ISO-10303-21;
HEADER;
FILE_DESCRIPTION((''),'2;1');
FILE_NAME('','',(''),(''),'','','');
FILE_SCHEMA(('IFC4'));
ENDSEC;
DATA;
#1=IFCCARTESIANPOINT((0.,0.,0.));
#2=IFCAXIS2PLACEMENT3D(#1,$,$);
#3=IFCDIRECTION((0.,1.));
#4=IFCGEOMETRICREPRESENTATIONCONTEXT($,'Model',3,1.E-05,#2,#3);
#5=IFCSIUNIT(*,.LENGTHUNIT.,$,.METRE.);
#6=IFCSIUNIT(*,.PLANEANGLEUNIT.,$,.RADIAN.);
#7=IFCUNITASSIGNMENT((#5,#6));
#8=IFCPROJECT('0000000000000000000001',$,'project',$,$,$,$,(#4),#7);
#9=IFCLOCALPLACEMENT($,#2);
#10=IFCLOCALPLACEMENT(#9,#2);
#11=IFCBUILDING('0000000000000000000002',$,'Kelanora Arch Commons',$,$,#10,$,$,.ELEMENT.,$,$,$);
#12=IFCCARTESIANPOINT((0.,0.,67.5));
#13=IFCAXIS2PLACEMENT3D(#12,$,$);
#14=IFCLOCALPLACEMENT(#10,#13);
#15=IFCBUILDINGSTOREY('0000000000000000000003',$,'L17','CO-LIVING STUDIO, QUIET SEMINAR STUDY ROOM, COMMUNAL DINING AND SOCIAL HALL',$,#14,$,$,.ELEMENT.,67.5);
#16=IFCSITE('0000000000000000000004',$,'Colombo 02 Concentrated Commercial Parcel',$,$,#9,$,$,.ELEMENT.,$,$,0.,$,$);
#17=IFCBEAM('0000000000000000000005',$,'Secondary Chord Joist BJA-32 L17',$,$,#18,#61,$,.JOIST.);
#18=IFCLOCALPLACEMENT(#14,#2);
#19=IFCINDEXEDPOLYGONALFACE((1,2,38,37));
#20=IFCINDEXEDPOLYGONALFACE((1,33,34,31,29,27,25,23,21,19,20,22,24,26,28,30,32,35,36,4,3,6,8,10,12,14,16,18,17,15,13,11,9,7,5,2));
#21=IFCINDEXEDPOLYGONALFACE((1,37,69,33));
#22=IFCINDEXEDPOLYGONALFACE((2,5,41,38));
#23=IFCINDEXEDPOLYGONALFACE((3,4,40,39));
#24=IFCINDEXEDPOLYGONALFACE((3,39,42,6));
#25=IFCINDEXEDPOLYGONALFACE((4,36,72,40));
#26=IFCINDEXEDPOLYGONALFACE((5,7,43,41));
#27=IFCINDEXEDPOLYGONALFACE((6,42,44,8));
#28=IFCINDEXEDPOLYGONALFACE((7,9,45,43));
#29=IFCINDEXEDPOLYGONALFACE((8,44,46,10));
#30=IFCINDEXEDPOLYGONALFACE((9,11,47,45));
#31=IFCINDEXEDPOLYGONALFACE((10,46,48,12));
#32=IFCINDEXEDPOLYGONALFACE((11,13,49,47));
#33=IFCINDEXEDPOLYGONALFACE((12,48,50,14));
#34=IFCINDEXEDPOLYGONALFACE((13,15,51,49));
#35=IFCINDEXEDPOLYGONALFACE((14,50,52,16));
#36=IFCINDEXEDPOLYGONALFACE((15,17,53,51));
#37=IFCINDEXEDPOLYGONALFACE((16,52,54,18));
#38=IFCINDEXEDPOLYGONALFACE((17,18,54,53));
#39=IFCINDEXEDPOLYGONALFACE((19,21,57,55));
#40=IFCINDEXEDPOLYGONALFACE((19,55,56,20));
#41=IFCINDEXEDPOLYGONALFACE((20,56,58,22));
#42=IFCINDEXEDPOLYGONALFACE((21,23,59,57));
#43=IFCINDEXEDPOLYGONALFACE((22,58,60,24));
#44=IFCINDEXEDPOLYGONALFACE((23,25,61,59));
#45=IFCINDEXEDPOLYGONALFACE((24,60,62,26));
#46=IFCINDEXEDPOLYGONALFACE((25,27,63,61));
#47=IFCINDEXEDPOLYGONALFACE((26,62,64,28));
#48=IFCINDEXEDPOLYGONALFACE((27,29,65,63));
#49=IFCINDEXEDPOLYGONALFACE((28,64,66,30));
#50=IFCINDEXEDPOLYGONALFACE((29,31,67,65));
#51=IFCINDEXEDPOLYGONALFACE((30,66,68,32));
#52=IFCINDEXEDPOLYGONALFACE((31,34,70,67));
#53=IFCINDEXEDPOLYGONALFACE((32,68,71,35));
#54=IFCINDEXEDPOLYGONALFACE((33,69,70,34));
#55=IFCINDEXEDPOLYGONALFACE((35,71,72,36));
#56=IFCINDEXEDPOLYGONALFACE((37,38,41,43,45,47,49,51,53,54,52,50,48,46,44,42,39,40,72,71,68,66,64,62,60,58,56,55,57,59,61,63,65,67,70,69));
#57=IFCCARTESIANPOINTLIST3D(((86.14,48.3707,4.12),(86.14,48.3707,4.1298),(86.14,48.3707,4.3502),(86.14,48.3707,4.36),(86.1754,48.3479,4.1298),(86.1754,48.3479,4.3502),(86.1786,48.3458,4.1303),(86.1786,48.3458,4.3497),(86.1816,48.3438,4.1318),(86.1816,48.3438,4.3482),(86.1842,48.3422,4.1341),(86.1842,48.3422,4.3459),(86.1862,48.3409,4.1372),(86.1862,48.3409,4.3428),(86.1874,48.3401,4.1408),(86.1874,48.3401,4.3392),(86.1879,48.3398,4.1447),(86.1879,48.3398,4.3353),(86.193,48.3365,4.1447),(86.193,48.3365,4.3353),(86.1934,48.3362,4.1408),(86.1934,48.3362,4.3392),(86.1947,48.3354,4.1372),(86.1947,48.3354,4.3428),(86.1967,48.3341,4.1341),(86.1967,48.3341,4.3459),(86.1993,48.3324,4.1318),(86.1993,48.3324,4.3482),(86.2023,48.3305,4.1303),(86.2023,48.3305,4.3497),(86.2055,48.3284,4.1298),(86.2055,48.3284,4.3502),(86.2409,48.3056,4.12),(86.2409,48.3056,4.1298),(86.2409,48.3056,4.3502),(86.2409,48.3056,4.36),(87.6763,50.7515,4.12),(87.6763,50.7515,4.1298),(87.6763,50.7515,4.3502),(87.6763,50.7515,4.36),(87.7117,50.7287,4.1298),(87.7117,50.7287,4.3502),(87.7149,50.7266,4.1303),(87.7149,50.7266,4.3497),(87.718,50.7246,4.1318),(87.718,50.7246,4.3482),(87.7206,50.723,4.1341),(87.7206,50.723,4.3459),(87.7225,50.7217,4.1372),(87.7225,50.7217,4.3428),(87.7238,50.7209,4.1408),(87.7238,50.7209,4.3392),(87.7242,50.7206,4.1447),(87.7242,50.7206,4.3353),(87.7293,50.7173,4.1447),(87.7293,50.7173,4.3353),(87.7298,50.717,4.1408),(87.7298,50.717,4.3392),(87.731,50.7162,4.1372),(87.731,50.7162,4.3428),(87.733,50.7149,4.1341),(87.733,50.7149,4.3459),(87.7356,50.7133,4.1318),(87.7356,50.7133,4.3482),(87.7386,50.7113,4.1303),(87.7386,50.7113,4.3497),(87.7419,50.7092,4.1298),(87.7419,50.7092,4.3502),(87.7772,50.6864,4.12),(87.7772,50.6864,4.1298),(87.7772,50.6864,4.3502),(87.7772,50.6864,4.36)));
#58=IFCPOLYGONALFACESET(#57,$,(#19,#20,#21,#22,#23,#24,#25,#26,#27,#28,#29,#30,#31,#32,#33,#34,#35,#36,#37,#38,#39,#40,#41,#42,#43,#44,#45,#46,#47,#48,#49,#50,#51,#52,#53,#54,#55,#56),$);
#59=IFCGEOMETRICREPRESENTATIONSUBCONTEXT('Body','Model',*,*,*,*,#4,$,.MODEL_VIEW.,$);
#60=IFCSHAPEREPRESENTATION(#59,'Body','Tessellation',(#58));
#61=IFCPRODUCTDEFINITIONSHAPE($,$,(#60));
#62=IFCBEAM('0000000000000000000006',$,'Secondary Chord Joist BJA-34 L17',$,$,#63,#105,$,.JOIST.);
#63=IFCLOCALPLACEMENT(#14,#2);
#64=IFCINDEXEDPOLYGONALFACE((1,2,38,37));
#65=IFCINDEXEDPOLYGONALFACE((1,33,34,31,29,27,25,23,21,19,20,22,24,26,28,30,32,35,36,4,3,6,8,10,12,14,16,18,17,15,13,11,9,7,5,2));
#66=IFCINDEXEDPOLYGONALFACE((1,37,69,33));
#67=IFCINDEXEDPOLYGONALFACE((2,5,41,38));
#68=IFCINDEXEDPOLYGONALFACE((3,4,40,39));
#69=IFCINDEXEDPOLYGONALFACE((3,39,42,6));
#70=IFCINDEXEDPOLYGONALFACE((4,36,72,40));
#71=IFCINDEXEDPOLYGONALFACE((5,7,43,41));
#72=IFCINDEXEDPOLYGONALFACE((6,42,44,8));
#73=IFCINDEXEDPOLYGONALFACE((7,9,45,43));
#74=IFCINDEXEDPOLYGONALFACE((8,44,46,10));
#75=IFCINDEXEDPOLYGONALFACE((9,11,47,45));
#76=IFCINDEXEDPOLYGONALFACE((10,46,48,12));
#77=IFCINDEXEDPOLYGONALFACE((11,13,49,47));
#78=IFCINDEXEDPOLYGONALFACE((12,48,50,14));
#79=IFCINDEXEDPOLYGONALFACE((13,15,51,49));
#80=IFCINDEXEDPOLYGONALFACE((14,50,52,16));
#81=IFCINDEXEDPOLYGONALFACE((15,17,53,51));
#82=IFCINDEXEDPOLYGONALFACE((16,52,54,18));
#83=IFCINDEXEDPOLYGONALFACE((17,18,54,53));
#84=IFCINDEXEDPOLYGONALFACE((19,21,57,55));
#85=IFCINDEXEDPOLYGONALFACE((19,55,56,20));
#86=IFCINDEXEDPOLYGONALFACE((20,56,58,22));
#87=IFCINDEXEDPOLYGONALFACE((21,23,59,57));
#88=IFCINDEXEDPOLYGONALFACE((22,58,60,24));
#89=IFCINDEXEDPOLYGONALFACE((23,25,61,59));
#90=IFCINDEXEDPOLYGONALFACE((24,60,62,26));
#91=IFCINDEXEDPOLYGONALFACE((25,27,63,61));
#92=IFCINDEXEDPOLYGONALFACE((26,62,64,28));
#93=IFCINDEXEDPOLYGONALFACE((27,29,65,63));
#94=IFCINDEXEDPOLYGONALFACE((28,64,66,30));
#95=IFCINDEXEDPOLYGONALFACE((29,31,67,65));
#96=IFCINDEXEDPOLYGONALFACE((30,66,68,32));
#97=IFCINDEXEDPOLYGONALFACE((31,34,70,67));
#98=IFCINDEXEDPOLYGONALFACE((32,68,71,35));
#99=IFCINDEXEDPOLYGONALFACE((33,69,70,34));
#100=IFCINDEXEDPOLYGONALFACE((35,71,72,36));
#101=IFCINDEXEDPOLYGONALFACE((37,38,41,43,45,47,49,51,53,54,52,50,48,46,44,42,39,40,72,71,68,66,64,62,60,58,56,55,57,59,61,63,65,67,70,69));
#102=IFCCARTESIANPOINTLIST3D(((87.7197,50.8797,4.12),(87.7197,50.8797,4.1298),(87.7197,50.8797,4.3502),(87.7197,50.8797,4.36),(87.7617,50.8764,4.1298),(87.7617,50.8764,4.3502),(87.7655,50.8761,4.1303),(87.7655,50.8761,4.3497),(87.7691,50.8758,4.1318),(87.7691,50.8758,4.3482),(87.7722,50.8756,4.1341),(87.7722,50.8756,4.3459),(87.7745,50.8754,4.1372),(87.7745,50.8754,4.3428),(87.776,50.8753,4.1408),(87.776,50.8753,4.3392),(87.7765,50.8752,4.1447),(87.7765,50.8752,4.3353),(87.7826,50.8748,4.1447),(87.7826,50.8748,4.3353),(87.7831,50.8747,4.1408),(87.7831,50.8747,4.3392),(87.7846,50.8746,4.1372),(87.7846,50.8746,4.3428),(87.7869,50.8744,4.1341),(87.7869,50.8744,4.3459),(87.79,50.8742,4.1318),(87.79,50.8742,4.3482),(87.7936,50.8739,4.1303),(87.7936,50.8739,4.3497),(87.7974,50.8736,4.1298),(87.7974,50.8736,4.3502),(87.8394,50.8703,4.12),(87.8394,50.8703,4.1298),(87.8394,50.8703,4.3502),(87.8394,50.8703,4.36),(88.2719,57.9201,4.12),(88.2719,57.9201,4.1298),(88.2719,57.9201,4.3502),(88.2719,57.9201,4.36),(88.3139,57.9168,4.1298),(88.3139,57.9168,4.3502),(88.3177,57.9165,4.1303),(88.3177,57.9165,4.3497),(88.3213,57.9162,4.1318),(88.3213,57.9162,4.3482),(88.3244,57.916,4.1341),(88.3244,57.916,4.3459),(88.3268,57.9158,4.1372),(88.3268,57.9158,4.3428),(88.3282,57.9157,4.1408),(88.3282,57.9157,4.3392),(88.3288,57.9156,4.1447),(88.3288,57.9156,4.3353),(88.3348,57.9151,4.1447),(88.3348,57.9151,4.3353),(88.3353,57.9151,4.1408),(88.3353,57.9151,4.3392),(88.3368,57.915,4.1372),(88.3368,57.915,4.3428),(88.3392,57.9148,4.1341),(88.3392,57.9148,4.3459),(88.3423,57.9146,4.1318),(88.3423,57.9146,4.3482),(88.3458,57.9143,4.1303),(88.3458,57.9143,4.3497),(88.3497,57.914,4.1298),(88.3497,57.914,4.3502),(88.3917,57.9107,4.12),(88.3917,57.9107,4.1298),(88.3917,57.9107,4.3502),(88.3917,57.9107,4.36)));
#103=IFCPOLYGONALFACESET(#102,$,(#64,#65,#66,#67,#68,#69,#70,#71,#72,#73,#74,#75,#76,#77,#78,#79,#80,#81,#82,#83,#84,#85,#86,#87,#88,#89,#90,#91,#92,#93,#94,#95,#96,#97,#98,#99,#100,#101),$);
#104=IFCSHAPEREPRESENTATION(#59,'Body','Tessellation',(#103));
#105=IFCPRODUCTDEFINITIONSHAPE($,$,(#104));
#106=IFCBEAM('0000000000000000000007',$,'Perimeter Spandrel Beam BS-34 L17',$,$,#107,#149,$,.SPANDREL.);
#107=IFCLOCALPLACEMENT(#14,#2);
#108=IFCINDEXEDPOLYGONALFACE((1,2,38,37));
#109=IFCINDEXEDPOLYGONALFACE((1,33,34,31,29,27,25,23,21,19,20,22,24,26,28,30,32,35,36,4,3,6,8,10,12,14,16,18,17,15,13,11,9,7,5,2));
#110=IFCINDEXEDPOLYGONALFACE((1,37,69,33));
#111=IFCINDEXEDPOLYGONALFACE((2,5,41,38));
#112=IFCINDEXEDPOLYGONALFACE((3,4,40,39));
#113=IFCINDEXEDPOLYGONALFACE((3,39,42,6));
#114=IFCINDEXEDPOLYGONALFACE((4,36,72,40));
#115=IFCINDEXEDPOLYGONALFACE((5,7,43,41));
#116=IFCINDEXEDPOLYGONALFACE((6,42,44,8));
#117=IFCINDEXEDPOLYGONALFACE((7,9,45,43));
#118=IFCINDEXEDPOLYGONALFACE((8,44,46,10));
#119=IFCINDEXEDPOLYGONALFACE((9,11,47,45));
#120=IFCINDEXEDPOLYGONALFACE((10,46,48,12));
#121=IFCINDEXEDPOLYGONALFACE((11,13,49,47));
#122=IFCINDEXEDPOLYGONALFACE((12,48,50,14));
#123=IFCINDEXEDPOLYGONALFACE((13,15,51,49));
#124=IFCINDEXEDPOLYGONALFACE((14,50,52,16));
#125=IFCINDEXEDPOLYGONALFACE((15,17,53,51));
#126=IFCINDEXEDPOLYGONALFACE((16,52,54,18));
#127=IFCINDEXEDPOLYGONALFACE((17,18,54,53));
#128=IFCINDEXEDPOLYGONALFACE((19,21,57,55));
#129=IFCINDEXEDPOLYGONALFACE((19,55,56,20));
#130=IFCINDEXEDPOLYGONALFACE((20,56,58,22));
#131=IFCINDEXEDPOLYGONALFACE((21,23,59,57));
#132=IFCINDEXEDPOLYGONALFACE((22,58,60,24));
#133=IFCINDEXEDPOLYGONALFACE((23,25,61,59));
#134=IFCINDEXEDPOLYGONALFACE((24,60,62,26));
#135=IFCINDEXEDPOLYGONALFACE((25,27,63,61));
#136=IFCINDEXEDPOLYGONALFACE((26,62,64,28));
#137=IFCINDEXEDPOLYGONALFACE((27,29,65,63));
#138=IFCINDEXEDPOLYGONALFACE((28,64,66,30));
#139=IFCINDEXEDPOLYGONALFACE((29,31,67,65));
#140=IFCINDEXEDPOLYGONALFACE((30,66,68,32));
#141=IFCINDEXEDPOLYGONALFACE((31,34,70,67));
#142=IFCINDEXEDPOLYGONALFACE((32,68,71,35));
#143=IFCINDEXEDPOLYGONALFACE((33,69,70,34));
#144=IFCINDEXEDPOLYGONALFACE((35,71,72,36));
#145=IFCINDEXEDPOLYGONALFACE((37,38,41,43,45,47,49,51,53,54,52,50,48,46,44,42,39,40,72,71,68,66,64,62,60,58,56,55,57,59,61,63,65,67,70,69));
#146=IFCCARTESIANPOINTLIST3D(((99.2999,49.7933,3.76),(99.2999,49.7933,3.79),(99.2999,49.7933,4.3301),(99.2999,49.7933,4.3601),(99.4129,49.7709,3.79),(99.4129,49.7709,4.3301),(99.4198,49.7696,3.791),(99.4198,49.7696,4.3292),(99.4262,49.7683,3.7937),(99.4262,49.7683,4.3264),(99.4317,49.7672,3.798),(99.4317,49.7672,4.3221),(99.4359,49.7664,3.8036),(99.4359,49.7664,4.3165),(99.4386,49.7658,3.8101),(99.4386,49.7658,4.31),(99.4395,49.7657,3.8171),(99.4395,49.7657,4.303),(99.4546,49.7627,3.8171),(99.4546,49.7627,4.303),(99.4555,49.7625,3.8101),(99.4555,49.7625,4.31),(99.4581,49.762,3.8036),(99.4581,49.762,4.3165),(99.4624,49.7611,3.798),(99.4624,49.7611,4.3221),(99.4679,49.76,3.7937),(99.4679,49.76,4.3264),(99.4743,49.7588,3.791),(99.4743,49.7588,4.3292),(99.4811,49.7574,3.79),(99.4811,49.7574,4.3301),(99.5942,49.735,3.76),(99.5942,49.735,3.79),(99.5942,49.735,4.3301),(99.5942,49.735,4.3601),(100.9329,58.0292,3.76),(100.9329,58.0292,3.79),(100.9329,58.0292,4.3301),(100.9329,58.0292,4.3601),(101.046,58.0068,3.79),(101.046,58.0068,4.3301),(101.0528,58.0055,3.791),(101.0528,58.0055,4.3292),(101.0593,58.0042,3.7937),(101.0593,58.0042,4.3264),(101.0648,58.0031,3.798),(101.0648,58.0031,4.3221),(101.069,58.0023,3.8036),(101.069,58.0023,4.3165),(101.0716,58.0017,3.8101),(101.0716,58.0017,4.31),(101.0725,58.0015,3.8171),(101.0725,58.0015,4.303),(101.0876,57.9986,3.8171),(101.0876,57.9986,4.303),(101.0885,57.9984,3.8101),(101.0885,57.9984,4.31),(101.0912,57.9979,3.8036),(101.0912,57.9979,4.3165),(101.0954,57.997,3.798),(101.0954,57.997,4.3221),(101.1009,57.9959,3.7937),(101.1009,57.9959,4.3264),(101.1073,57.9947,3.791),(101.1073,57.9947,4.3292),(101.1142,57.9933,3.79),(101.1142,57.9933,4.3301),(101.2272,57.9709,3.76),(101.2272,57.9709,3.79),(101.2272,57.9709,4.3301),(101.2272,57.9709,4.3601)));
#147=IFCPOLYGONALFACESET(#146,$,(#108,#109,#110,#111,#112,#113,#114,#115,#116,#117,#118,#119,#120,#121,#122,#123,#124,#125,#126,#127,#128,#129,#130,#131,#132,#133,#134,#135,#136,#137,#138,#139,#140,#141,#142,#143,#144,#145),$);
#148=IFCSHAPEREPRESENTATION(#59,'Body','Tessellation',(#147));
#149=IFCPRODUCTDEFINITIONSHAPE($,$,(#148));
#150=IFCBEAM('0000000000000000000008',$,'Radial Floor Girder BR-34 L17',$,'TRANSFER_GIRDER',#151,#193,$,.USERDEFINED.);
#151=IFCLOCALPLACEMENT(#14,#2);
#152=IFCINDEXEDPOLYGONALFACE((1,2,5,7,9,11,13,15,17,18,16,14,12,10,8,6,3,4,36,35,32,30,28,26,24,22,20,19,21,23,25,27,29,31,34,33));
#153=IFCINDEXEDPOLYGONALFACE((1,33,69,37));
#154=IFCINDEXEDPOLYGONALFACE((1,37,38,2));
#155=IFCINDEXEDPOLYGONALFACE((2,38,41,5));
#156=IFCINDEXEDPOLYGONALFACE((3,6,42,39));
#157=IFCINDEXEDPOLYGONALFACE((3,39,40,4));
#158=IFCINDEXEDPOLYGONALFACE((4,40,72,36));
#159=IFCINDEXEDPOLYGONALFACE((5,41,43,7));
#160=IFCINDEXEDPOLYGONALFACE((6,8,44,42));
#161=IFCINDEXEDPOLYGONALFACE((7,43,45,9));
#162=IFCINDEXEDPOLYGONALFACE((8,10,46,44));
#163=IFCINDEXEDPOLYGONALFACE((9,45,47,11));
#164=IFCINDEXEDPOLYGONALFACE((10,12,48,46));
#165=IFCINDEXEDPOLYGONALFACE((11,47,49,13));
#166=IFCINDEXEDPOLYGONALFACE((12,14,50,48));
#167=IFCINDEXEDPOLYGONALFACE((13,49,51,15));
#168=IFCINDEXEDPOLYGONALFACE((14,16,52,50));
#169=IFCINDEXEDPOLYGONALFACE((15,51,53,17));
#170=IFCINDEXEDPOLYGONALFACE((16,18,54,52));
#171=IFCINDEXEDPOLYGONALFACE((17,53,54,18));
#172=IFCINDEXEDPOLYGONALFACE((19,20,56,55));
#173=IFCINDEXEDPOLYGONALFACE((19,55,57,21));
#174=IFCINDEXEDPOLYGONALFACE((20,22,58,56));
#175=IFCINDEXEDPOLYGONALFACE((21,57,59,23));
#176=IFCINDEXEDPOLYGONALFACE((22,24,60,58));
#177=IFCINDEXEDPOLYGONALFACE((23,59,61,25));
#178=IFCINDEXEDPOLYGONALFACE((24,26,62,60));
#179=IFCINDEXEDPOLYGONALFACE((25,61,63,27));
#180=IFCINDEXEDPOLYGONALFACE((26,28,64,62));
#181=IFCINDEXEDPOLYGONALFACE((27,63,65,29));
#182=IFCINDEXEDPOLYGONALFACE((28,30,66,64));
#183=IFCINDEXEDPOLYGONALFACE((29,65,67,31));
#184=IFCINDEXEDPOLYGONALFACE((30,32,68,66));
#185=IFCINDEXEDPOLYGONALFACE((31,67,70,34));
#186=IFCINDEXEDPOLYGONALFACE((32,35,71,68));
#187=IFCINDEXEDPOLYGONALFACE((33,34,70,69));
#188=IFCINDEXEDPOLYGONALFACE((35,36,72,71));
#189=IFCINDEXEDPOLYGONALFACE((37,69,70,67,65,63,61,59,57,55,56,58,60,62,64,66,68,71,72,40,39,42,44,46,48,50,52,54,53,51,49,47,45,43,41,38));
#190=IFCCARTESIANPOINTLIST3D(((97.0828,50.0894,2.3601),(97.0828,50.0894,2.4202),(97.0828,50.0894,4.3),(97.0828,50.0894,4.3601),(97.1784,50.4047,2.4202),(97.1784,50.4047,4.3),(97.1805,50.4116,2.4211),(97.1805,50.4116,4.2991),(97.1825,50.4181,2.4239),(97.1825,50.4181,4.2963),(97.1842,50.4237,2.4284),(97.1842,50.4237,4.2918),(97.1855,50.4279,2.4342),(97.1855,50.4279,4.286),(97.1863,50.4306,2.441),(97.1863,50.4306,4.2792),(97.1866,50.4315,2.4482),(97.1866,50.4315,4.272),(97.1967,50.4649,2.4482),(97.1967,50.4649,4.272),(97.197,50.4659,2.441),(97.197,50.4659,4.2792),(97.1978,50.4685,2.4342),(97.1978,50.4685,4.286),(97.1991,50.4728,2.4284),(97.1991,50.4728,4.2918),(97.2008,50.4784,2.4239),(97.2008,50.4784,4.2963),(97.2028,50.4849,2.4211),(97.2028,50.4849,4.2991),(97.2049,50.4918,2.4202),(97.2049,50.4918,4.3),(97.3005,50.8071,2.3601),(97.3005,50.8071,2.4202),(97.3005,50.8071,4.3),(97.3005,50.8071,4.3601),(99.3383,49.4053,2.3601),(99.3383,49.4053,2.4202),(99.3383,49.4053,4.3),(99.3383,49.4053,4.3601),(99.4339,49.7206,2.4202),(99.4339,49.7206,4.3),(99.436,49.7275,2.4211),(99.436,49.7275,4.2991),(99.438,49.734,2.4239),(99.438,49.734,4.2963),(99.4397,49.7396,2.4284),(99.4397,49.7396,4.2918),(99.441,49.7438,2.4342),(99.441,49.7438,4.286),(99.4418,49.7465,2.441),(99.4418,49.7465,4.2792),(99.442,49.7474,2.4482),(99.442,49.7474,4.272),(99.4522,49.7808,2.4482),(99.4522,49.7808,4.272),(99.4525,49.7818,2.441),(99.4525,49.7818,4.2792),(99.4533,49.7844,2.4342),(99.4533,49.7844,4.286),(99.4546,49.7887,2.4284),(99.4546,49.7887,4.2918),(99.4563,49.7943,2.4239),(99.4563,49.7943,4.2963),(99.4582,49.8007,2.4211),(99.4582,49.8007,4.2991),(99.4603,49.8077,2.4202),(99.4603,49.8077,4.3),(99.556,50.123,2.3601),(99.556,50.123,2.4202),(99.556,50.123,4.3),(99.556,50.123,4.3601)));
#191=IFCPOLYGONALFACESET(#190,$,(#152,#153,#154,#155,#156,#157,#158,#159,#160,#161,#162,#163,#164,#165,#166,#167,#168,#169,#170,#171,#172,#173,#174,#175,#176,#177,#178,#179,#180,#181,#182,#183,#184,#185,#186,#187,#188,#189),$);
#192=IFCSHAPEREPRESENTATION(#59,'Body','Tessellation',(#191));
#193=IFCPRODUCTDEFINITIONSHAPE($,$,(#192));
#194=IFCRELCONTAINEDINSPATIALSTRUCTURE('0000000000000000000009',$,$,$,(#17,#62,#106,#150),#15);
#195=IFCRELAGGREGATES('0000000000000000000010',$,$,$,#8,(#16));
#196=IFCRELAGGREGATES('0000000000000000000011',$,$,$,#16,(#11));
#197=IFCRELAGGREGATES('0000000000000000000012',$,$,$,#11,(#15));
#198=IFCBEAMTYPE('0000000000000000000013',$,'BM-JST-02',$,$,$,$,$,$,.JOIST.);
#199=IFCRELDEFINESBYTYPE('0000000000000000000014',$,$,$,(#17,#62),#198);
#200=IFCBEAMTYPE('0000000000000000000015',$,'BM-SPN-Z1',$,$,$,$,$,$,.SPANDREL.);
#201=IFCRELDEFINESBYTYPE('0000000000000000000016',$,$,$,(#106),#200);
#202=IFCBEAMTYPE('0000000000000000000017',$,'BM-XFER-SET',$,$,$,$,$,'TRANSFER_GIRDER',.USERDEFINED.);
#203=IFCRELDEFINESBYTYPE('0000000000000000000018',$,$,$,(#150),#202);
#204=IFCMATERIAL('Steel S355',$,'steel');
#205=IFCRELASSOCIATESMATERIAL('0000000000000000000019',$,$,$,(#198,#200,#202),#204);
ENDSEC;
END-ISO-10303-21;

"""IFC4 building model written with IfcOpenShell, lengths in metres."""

from ifc_helpers import new_model, si_unit, direction, frame, origin, origin_2d, place, context, subcontext, project, spatial, i_section, extrude, material, material_profile, profile_set, type_object, element, save


model = new_model("IFC4")

# Units and contexts
model_context = context("Model", 3, precision=1e-05, world=origin(), true_north=direction((0.0, 1.0)))
body_context = subcontext(model_context, "Body", "Model", "MODEL_VIEW")
ifc_project = project(units=[si_unit("LENGTHUNIT", "METRE"), si_unit("PLANEANGLEUNIT", "RADIAN")], contexts=[model_context])

# Site, building, storey
site_placement = place(None, origin())
site = spatial("IfcSite", under=ifc_project, at=site_placement, Name="Colombo 02 Concentrated Commercial Parcel", CompositionType="ELEMENT", RefElevation=0.0)
building_placement = place(site_placement, origin())
building = spatial("IfcBuilding", under=site, at=building_placement, Name="Kelanora Arch Commons", CompositionType="ELEMENT")
storey_placement = place(building_placement, frame((0.0, 0.0, 67.5)))
storey = spatial("IfcBuildingStorey", under=building, at=storey_placement, Name="L17", Description="CO-LIVING STUDIO, QUIET SEMINAR STUDY ROOM, COMMUNAL DINING AND SOCIAL HALL", CompositionType="ELEMENT", Elevation=67.5)

# Beams
ifc_material_1 = material(Name="Steel S355", Category="steel")
ifc_material_profile_1 = material_profile(ifc_material_1, i_section(OverallWidth=0.1201, OverallDepth=0.24, WebThickness=0.0061, FlangeThickness=0.0098, FilletRadius=0.0149, at=origin_2d()), Name="IPE240")
ifc_profile_set_1 = profile_set([ifc_material_profile_1], Name="Steel S355")
beam_type_1 = type_object("IfcBeamType", Name="BM-JST-02", PredefinedType="JOIST", material=ifc_profile_set_1)
beam_1_placement = place(storey_placement, frame((86.1904, 48.3381, 4.24), z_axis=(0.542211, 0.840242, 0.0), x_axis=(-0.840242, 0.542211, 0.0)))
element("IfcBeam", 1, at=beam_1_placement, inside=storey, type_object=beam_type_1, Name="Secondary Chord Joist BJA-32 L17", PredefinedType="JOIST", context=body_context, shape_type="SweptSolid", body=[
    extrude(i_section(OverallWidth=0.1201, OverallDepth=0.24, WebThickness=0.0061, FlangeThickness=0.0098, FilletRadius=0.0149, at=origin_2d()), origin(), (0.0, 0.0, 1.0), 2.8335),
])
beam_2_placement = place(storey_placement, frame((87.7795, 50.875, 4.24), z_axis=(0.078201, 0.996938, 0.0), x_axis=(-0.996938, 0.078201, 0.0)))
element("IfcBeam", 2, at=beam_2_placement, inside=storey, type_object=beam_type_1, Name="Secondary Chord Joist BJA-34 L17", PredefinedType="JOIST", context=body_context, shape_type="SweptSolid", body=[
    extrude(i_section(OverallWidth=0.1201, OverallDepth=0.24, WebThickness=0.0061, FlangeThickness=0.0098, FilletRadius=0.0149, at=origin_2d()), origin(), (0.0, 0.0, 1.0), 7.062),
])
ifc_material_profile_2 = material_profile(ifc_material_1, i_section(OverallWidth=0.3, OverallDepth=0.6001, WebThickness=0.0154, FlangeThickness=0.03, FilletRadius=0.0271, at=origin_2d()), Name="HEB600")
ifc_profile_set_2 = profile_set([ifc_material_profile_2], Name="Steel S355")
beam_type_2 = type_object("IfcBeamType", Name="BM-SPN-Z1", PredefinedType="SPANDREL", material=ifc_profile_set_2)
beam_3_placement = place(storey_placement, frame((99.447, 49.7642, 4.0601), z_axis=(0.1945, 0.980903, 0.0), x_axis=(-0.980903, 0.1945, 0.0)))
element("IfcBeam", 3, at=beam_3_placement, inside=storey, type_object=beam_type_2, Name="Perimeter Spandrel Beam BS-34 L17", PredefinedType="SPANDREL", context=body_context, shape_type="SweptSolid", body=[
    extrude(i_section(OverallWidth=0.3, OverallDepth=0.6001, WebThickness=0.0154, FlangeThickness=0.03, FilletRadius=0.0271, at=origin_2d()), origin(), (0.0, 0.0, 1.0), 8.3962),
])
ifc_material_profile_3 = material_profile(ifc_material_1, i_section(OverallWidth=0.75, OverallDepth=2.0, WebThickness=0.0349, FlangeThickness=0.0601, FilletRadius=0.0281, at=origin_2d()), Name="PG2000x750")
ifc_profile_set_3 = profile_set([ifc_material_profile_3], Name="Steel S355")
beam_type_3 = type_object("IfcBeamType", Name="BM-XFER-SET", ElementType="TRANSFER_GIRDER", PredefinedType="USERDEFINED", material=ifc_profile_set_3)
beam_4_placement = place(storey_placement, frame((97.1917, 50.4482, 3.3601), z_axis=(0.956949, -0.290255, 0.0), x_axis=(0.290255, 0.956949, 0.0)))
element("IfcBeam", 4, at=beam_4_placement, inside=storey, type_object=beam_type_3, Name="Radial Floor Girder BR-34 L17", ObjectType="TRANSFER_GIRDER", PredefinedType="USERDEFINED", context=body_context, shape_type="SweptSolid", body=[
    extrude(i_section(OverallWidth=0.75, OverallDepth=2.0, WebThickness=0.0349, FlangeThickness=0.0601, FilletRadius=0.0281, at=origin_2d()), origin(), (0.0, 0.0, 1.0), 2.3569),
])

save(model, "model.ifc")
